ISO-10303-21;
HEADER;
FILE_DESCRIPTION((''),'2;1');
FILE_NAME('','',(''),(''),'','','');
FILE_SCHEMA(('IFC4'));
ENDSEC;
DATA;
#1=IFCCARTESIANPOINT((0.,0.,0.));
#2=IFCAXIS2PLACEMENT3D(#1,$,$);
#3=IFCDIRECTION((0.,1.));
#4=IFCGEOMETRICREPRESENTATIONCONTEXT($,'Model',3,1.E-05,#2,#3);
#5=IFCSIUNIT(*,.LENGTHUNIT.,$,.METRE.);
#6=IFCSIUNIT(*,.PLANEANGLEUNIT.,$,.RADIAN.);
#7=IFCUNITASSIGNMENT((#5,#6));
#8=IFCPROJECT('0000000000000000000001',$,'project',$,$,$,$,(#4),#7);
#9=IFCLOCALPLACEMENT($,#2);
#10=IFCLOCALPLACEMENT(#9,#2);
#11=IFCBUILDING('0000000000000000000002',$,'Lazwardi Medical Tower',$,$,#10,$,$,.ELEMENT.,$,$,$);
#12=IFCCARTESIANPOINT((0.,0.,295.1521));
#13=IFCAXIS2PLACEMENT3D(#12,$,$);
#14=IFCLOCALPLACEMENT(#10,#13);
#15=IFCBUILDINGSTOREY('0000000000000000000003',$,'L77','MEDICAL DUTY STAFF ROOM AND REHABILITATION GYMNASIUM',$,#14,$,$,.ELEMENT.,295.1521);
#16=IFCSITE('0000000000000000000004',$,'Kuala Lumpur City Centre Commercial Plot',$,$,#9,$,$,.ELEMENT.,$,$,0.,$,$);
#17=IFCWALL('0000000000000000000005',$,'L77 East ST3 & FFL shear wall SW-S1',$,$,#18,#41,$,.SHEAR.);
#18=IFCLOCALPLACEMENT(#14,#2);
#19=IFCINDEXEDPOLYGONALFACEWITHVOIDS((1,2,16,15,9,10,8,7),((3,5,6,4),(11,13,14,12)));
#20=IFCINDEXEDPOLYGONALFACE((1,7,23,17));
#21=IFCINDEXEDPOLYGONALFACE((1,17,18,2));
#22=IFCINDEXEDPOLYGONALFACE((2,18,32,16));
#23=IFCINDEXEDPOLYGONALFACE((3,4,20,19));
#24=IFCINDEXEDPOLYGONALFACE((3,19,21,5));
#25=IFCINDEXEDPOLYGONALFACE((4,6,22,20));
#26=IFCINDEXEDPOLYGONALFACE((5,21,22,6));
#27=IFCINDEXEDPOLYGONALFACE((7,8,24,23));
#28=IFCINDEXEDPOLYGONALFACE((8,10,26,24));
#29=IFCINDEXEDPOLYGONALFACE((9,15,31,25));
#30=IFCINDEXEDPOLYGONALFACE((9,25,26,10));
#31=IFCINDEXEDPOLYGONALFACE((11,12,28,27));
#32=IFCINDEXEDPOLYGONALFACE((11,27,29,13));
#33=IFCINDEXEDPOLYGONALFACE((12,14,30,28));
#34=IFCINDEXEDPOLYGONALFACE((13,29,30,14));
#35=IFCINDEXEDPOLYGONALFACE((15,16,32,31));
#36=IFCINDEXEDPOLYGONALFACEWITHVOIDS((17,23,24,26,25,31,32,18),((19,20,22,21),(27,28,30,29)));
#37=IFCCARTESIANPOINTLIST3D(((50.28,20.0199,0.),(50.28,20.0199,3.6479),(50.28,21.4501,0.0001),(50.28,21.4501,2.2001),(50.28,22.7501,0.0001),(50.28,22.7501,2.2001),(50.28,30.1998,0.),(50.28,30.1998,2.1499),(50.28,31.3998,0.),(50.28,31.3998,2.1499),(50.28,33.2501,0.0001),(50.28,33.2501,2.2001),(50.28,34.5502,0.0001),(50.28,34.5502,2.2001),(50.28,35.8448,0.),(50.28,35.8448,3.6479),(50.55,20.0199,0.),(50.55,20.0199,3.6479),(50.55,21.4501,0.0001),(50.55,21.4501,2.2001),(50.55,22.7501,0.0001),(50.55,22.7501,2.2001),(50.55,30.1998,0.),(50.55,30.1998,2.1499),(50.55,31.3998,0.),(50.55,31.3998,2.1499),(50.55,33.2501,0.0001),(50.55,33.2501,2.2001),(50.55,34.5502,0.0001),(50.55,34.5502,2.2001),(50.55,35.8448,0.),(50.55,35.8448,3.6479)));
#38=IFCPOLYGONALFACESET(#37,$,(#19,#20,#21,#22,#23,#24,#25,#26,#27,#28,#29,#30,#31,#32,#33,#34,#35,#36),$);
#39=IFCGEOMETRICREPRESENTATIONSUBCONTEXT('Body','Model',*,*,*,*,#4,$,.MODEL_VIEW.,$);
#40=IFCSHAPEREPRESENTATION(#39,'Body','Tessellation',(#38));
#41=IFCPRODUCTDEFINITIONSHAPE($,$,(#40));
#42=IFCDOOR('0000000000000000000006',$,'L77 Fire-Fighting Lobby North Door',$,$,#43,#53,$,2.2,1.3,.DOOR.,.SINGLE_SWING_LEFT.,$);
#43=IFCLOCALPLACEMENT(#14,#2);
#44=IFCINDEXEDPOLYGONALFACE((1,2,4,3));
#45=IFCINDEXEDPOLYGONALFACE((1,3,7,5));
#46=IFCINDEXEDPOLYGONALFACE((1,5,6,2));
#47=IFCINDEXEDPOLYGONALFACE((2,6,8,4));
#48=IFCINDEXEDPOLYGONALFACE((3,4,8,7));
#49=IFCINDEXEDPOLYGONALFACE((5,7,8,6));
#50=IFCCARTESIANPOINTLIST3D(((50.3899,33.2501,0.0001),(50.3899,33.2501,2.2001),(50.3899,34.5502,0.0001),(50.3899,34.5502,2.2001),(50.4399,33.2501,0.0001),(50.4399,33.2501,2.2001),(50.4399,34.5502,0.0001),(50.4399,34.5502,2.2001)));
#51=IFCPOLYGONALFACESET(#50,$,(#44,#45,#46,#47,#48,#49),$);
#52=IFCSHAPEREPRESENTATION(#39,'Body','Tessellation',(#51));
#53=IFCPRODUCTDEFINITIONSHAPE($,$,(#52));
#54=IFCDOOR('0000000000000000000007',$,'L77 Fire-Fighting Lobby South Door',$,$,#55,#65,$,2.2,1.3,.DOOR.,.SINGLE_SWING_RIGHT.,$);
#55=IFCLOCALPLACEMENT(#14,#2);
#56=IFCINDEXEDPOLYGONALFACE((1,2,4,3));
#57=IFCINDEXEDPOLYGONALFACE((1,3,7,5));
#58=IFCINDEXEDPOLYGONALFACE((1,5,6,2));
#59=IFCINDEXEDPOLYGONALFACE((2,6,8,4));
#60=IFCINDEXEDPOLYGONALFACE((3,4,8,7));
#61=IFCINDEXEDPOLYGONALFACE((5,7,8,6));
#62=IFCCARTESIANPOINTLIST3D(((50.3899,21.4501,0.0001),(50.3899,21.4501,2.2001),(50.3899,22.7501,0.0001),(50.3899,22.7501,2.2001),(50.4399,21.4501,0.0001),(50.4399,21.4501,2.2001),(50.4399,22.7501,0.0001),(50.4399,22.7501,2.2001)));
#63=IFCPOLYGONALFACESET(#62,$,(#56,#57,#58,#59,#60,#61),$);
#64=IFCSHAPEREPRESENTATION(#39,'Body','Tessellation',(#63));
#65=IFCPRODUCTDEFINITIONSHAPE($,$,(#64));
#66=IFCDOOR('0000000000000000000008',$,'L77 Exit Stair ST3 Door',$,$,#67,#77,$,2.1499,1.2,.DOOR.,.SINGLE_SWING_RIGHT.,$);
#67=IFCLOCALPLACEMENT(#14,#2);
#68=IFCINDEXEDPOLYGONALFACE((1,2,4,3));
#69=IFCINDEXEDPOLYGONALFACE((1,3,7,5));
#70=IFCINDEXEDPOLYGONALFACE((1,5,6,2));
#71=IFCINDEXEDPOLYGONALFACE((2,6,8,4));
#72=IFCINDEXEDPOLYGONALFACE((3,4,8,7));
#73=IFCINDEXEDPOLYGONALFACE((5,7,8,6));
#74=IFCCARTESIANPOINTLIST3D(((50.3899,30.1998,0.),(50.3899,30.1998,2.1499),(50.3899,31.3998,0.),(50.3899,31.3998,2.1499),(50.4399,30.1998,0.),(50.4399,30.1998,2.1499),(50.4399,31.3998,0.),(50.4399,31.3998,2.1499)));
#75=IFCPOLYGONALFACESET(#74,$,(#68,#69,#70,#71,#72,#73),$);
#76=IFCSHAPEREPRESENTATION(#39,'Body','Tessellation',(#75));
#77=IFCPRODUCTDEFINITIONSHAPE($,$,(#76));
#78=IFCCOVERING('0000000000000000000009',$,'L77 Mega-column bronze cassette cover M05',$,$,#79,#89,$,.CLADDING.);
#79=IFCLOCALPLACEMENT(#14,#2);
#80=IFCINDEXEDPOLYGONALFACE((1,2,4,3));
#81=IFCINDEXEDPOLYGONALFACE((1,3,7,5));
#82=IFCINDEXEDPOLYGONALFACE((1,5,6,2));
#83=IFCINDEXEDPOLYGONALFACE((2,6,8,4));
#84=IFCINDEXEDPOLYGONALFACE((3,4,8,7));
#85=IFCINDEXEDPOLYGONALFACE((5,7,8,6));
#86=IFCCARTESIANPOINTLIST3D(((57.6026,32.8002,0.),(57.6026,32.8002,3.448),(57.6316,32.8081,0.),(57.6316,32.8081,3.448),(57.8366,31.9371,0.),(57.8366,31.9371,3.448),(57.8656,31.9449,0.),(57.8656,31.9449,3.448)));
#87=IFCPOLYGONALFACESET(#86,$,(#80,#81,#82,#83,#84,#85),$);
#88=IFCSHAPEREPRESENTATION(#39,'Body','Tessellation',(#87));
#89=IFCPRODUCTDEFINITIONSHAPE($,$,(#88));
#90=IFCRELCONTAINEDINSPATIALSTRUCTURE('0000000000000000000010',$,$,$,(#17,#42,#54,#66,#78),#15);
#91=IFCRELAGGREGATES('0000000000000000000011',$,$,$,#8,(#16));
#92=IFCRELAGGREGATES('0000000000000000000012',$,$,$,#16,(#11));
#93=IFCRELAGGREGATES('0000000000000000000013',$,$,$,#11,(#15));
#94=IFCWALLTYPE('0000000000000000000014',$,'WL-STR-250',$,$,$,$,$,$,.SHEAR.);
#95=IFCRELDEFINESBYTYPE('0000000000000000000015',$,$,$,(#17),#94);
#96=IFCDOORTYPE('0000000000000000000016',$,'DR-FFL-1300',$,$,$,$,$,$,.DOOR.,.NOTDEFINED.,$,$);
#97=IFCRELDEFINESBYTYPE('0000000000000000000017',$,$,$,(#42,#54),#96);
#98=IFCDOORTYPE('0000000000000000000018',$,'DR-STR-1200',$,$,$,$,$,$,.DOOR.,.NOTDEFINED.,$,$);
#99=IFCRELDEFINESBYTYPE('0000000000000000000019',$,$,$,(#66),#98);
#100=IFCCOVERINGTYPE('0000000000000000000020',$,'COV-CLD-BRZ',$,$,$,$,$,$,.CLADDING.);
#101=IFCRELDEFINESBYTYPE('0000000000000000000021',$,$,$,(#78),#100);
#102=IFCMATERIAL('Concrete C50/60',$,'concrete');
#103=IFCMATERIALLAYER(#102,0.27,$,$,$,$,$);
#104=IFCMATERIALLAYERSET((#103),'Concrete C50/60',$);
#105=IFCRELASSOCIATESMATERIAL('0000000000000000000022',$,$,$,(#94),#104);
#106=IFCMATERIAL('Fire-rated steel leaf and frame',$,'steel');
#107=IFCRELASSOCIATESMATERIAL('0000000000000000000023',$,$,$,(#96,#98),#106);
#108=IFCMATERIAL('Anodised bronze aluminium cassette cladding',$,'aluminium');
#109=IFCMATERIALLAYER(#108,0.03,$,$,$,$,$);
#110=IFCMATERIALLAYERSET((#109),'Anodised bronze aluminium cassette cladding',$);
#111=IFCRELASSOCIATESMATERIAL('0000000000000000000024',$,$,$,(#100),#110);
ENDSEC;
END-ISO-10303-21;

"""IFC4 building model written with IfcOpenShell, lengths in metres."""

from ifc_helpers import new_model, si_unit, direction, frame, frame_2d, origin, origin_2d, place, context, subcontext, project, spatial, rectangle, extrude, material, layer, layer_set, type_object, element, fill, save


model = new_model("IFC4")

# Units and contexts
model_context = context("Model", 3, precision=1e-05, world=origin(), true_north=direction((0.0, 1.0)))
body_context = subcontext(model_context, "Body", "Model", "MODEL_VIEW")
ifc_project = project(units=[si_unit("LENGTHUNIT", "METRE"), si_unit("PLANEANGLEUNIT", "RADIAN")], contexts=[model_context])

# Site, building, storey
site_placement = place(None, origin())
site = spatial("IfcSite", under=ifc_project, at=site_placement, Name="Kuala Lumpur City Centre Commercial Plot", CompositionType="ELEMENT", RefElevation=0.0)
building_placement = place(site_placement, origin())
building = spatial("IfcBuilding", under=site, at=building_placement, Name="Lazwardi Medical Tower", CompositionType="ELEMENT")
storey_placement = place(building_placement, frame((0.0, 0.0, 295.1521)))
storey = spatial("IfcBuildingStorey", under=building, at=storey_placement, Name="L77", Description="MEDICAL DUTY STAFF ROOM AND REHABILITATION GYMNASIUM", CompositionType="ELEMENT", Elevation=295.1521)

# Wall, openings, doors
ifc_material_1 = material(Name="Concrete C50/60", Category="concrete")
ifc_layer_1 = layer(ifc_material_1, 0.27)
ifc_layer_set_1 = layer_set([ifc_layer_1], Name="Concrete C50/60")
wall_type = type_object("IfcWallType", Name="WL-STR-250", PredefinedType="SHEAR", material=ifc_layer_set_1)
wall_placement = place(storey_placement, frame((50.415, 35.845, 0.0), z_axis=(0.0, 0.0, 1.0), x_axis=(0.0, -1.0, 0.0)))
wall = element("IfcWall", 1, at=wall_placement, inside=storey, type_object=wall_type, Name="L77 East ST3 & FFL shear wall SW-S1", PredefinedType="SHEAR", context=body_context, shape_type="SweptSolid", body=[
    extrude(rectangle(XDim=15.825, YDim=0.27, at=frame_2d((7.9126, 0.0))), origin(), (0.0, 0.0, 1.0), 3.6479),
])
opening_1_placement = place(wall_placement, frame((4.4451, 0.0, 0.0)))
opening_1 = element("IfcOpeningElement", 2, at=opening_1_placement, cuts=wall, PredefinedType="OPENING", context=body_context, shape_type="SweptSolid", body=[
    extrude(rectangle(XDim=1.2, YDim=2.1499, at=frame_2d((0.6001, 1.075))), frame((0.0, 0.145, 0.0), z_axis=(0.0, -1.0, 0.0), x_axis=(1.0, 0.0, 0.0)), (0.0, 0.0, 1.0), 0.29),
])
opening_2_placement = place(wall_placement, frame((1.2949, 0.0, 0.0)))
opening_2 = element("IfcOpeningElement", 3, at=opening_2_placement, cuts=wall, PredefinedType="OPENING", context=body_context, shape_type="SweptSolid", body=[
    extrude(rectangle(XDim=1.3, YDim=2.2, at=frame_2d((0.6499, 1.1001))), frame((0.0, 0.145, 0.0), z_axis=(0.0, -1.0, 0.0), x_axis=(1.0, 0.0, 0.0)), (0.0, 0.0, 1.0), 0.29),
])
opening_3_placement = place(wall_placement, frame((13.095, 0.0, 0.0)))
opening_3 = element("IfcOpeningElement", 4, at=opening_3_placement, cuts=wall, PredefinedType="OPENING", context=body_context, shape_type="SweptSolid", body=[
    extrude(rectangle(XDim=1.3, YDim=2.2, at=frame_2d((0.6499, 1.1001))), frame((0.0, 0.145, 0.0), z_axis=(0.0, -1.0, 0.0), x_axis=(1.0, 0.0, 0.0)), (0.0, 0.0, 1.0), 0.29),
])
ifc_material_2 = material(Name="Fire-rated steel leaf and frame", Category="steel")
door_type_1 = type_object("IfcDoorType", Name="DR-FFL-1300", OperationType="NOTDEFINED", PredefinedType="DOOR", material=ifc_material_2)
door_1_placement = place(opening_2_placement, origin())
door_1 = element("IfcDoor", 5, at=door_1_placement, inside=storey, type_object=door_type_1, Name="L77 Fire-Fighting Lobby North Door", OperationType="SINGLE_SWING_LEFT", OverallHeight=2.2, OverallWidth=1.3, PredefinedType="DOOR", context=body_context, shape_type="SweptSolid", body=[
    extrude(rectangle(XDim=1.3, YDim=2.2, at=frame_2d((0.6499, 1.1001))), frame((0.0, 0.0249, 0.0), z_axis=(0.0, -1.0, 0.0), x_axis=(1.0, 0.0, 0.0)), (0.0, 0.0, 1.0), 0.05),
])
fill(opening_2, door_1)
door_2_placement = place(opening_3_placement, origin())
door_2 = element("IfcDoor", 6, at=door_2_placement, inside=storey, type_object=door_type_1, Name="L77 Fire-Fighting Lobby South Door", OperationType="SINGLE_SWING_RIGHT", OverallHeight=2.2, OverallWidth=1.3, PredefinedType="DOOR", context=body_context, shape_type="SweptSolid", body=[
    extrude(rectangle(XDim=1.3, YDim=2.2, at=frame_2d((0.6499, 1.1001))), frame((0.0, 0.0249, 0.0), z_axis=(0.0, -1.0, 0.0), x_axis=(1.0, 0.0, 0.0)), (0.0, 0.0, 1.0), 0.05),
])
fill(opening_3, door_2)
door_type_2 = type_object("IfcDoorType", Name="DR-STR-1200", OperationType="NOTDEFINED", PredefinedType="DOOR", material=ifc_material_2)
door_3_placement = place(opening_1_placement, origin())
door_3 = element("IfcDoor", 7, at=door_3_placement, inside=storey, type_object=door_type_2, Name="L77 Exit Stair ST3 Door", OperationType="SINGLE_SWING_RIGHT", OverallHeight=2.1499, OverallWidth=1.2, PredefinedType="DOOR", context=body_context, shape_type="SweptSolid", body=[
    extrude(rectangle(XDim=1.2, YDim=2.1499, at=frame_2d((0.6001, 1.075))), frame((0.0, 0.0249, 0.0), z_axis=(0.0, -1.0, 0.0), x_axis=(1.0, 0.0, 0.0)), (0.0, 0.0, 1.0), 0.05),
])
fill(opening_1, door_3)

# Covering
ifc_material_3 = material(Name="Anodised bronze aluminium cassette cladding", Category="aluminium")
ifc_layer_2 = layer(ifc_material_3, 0.03)
ifc_layer_set_2 = layer_set([ifc_layer_2], Name="Anodised bronze aluminium cassette cladding")
covering_type = type_object("IfcCoveringType", Name="COV-CLD-BRZ", PredefinedType="CLADDING", material=ifc_layer_set_2)
covering_placement = place(storey_placement, frame((57.7341, 32.3726, 0.0), z_axis=(0.0, 0.0, 1.0), x_axis=(-0.261642, 0.965165, 0.0)))
element("IfcCovering", 8, at=covering_placement, inside=storey, type_object=covering_type, Name="L77 Mega-column bronze cassette cover M05", PredefinedType="CLADDING", context=body_context, shape_type="SweptSolid", body=[
    extrude(rectangle(XDim=0.8943, YDim=0.03, at=origin_2d()), origin(), (0.0, 0.0, 1.0), 3.448),
])

save(model, "model.ifc")
